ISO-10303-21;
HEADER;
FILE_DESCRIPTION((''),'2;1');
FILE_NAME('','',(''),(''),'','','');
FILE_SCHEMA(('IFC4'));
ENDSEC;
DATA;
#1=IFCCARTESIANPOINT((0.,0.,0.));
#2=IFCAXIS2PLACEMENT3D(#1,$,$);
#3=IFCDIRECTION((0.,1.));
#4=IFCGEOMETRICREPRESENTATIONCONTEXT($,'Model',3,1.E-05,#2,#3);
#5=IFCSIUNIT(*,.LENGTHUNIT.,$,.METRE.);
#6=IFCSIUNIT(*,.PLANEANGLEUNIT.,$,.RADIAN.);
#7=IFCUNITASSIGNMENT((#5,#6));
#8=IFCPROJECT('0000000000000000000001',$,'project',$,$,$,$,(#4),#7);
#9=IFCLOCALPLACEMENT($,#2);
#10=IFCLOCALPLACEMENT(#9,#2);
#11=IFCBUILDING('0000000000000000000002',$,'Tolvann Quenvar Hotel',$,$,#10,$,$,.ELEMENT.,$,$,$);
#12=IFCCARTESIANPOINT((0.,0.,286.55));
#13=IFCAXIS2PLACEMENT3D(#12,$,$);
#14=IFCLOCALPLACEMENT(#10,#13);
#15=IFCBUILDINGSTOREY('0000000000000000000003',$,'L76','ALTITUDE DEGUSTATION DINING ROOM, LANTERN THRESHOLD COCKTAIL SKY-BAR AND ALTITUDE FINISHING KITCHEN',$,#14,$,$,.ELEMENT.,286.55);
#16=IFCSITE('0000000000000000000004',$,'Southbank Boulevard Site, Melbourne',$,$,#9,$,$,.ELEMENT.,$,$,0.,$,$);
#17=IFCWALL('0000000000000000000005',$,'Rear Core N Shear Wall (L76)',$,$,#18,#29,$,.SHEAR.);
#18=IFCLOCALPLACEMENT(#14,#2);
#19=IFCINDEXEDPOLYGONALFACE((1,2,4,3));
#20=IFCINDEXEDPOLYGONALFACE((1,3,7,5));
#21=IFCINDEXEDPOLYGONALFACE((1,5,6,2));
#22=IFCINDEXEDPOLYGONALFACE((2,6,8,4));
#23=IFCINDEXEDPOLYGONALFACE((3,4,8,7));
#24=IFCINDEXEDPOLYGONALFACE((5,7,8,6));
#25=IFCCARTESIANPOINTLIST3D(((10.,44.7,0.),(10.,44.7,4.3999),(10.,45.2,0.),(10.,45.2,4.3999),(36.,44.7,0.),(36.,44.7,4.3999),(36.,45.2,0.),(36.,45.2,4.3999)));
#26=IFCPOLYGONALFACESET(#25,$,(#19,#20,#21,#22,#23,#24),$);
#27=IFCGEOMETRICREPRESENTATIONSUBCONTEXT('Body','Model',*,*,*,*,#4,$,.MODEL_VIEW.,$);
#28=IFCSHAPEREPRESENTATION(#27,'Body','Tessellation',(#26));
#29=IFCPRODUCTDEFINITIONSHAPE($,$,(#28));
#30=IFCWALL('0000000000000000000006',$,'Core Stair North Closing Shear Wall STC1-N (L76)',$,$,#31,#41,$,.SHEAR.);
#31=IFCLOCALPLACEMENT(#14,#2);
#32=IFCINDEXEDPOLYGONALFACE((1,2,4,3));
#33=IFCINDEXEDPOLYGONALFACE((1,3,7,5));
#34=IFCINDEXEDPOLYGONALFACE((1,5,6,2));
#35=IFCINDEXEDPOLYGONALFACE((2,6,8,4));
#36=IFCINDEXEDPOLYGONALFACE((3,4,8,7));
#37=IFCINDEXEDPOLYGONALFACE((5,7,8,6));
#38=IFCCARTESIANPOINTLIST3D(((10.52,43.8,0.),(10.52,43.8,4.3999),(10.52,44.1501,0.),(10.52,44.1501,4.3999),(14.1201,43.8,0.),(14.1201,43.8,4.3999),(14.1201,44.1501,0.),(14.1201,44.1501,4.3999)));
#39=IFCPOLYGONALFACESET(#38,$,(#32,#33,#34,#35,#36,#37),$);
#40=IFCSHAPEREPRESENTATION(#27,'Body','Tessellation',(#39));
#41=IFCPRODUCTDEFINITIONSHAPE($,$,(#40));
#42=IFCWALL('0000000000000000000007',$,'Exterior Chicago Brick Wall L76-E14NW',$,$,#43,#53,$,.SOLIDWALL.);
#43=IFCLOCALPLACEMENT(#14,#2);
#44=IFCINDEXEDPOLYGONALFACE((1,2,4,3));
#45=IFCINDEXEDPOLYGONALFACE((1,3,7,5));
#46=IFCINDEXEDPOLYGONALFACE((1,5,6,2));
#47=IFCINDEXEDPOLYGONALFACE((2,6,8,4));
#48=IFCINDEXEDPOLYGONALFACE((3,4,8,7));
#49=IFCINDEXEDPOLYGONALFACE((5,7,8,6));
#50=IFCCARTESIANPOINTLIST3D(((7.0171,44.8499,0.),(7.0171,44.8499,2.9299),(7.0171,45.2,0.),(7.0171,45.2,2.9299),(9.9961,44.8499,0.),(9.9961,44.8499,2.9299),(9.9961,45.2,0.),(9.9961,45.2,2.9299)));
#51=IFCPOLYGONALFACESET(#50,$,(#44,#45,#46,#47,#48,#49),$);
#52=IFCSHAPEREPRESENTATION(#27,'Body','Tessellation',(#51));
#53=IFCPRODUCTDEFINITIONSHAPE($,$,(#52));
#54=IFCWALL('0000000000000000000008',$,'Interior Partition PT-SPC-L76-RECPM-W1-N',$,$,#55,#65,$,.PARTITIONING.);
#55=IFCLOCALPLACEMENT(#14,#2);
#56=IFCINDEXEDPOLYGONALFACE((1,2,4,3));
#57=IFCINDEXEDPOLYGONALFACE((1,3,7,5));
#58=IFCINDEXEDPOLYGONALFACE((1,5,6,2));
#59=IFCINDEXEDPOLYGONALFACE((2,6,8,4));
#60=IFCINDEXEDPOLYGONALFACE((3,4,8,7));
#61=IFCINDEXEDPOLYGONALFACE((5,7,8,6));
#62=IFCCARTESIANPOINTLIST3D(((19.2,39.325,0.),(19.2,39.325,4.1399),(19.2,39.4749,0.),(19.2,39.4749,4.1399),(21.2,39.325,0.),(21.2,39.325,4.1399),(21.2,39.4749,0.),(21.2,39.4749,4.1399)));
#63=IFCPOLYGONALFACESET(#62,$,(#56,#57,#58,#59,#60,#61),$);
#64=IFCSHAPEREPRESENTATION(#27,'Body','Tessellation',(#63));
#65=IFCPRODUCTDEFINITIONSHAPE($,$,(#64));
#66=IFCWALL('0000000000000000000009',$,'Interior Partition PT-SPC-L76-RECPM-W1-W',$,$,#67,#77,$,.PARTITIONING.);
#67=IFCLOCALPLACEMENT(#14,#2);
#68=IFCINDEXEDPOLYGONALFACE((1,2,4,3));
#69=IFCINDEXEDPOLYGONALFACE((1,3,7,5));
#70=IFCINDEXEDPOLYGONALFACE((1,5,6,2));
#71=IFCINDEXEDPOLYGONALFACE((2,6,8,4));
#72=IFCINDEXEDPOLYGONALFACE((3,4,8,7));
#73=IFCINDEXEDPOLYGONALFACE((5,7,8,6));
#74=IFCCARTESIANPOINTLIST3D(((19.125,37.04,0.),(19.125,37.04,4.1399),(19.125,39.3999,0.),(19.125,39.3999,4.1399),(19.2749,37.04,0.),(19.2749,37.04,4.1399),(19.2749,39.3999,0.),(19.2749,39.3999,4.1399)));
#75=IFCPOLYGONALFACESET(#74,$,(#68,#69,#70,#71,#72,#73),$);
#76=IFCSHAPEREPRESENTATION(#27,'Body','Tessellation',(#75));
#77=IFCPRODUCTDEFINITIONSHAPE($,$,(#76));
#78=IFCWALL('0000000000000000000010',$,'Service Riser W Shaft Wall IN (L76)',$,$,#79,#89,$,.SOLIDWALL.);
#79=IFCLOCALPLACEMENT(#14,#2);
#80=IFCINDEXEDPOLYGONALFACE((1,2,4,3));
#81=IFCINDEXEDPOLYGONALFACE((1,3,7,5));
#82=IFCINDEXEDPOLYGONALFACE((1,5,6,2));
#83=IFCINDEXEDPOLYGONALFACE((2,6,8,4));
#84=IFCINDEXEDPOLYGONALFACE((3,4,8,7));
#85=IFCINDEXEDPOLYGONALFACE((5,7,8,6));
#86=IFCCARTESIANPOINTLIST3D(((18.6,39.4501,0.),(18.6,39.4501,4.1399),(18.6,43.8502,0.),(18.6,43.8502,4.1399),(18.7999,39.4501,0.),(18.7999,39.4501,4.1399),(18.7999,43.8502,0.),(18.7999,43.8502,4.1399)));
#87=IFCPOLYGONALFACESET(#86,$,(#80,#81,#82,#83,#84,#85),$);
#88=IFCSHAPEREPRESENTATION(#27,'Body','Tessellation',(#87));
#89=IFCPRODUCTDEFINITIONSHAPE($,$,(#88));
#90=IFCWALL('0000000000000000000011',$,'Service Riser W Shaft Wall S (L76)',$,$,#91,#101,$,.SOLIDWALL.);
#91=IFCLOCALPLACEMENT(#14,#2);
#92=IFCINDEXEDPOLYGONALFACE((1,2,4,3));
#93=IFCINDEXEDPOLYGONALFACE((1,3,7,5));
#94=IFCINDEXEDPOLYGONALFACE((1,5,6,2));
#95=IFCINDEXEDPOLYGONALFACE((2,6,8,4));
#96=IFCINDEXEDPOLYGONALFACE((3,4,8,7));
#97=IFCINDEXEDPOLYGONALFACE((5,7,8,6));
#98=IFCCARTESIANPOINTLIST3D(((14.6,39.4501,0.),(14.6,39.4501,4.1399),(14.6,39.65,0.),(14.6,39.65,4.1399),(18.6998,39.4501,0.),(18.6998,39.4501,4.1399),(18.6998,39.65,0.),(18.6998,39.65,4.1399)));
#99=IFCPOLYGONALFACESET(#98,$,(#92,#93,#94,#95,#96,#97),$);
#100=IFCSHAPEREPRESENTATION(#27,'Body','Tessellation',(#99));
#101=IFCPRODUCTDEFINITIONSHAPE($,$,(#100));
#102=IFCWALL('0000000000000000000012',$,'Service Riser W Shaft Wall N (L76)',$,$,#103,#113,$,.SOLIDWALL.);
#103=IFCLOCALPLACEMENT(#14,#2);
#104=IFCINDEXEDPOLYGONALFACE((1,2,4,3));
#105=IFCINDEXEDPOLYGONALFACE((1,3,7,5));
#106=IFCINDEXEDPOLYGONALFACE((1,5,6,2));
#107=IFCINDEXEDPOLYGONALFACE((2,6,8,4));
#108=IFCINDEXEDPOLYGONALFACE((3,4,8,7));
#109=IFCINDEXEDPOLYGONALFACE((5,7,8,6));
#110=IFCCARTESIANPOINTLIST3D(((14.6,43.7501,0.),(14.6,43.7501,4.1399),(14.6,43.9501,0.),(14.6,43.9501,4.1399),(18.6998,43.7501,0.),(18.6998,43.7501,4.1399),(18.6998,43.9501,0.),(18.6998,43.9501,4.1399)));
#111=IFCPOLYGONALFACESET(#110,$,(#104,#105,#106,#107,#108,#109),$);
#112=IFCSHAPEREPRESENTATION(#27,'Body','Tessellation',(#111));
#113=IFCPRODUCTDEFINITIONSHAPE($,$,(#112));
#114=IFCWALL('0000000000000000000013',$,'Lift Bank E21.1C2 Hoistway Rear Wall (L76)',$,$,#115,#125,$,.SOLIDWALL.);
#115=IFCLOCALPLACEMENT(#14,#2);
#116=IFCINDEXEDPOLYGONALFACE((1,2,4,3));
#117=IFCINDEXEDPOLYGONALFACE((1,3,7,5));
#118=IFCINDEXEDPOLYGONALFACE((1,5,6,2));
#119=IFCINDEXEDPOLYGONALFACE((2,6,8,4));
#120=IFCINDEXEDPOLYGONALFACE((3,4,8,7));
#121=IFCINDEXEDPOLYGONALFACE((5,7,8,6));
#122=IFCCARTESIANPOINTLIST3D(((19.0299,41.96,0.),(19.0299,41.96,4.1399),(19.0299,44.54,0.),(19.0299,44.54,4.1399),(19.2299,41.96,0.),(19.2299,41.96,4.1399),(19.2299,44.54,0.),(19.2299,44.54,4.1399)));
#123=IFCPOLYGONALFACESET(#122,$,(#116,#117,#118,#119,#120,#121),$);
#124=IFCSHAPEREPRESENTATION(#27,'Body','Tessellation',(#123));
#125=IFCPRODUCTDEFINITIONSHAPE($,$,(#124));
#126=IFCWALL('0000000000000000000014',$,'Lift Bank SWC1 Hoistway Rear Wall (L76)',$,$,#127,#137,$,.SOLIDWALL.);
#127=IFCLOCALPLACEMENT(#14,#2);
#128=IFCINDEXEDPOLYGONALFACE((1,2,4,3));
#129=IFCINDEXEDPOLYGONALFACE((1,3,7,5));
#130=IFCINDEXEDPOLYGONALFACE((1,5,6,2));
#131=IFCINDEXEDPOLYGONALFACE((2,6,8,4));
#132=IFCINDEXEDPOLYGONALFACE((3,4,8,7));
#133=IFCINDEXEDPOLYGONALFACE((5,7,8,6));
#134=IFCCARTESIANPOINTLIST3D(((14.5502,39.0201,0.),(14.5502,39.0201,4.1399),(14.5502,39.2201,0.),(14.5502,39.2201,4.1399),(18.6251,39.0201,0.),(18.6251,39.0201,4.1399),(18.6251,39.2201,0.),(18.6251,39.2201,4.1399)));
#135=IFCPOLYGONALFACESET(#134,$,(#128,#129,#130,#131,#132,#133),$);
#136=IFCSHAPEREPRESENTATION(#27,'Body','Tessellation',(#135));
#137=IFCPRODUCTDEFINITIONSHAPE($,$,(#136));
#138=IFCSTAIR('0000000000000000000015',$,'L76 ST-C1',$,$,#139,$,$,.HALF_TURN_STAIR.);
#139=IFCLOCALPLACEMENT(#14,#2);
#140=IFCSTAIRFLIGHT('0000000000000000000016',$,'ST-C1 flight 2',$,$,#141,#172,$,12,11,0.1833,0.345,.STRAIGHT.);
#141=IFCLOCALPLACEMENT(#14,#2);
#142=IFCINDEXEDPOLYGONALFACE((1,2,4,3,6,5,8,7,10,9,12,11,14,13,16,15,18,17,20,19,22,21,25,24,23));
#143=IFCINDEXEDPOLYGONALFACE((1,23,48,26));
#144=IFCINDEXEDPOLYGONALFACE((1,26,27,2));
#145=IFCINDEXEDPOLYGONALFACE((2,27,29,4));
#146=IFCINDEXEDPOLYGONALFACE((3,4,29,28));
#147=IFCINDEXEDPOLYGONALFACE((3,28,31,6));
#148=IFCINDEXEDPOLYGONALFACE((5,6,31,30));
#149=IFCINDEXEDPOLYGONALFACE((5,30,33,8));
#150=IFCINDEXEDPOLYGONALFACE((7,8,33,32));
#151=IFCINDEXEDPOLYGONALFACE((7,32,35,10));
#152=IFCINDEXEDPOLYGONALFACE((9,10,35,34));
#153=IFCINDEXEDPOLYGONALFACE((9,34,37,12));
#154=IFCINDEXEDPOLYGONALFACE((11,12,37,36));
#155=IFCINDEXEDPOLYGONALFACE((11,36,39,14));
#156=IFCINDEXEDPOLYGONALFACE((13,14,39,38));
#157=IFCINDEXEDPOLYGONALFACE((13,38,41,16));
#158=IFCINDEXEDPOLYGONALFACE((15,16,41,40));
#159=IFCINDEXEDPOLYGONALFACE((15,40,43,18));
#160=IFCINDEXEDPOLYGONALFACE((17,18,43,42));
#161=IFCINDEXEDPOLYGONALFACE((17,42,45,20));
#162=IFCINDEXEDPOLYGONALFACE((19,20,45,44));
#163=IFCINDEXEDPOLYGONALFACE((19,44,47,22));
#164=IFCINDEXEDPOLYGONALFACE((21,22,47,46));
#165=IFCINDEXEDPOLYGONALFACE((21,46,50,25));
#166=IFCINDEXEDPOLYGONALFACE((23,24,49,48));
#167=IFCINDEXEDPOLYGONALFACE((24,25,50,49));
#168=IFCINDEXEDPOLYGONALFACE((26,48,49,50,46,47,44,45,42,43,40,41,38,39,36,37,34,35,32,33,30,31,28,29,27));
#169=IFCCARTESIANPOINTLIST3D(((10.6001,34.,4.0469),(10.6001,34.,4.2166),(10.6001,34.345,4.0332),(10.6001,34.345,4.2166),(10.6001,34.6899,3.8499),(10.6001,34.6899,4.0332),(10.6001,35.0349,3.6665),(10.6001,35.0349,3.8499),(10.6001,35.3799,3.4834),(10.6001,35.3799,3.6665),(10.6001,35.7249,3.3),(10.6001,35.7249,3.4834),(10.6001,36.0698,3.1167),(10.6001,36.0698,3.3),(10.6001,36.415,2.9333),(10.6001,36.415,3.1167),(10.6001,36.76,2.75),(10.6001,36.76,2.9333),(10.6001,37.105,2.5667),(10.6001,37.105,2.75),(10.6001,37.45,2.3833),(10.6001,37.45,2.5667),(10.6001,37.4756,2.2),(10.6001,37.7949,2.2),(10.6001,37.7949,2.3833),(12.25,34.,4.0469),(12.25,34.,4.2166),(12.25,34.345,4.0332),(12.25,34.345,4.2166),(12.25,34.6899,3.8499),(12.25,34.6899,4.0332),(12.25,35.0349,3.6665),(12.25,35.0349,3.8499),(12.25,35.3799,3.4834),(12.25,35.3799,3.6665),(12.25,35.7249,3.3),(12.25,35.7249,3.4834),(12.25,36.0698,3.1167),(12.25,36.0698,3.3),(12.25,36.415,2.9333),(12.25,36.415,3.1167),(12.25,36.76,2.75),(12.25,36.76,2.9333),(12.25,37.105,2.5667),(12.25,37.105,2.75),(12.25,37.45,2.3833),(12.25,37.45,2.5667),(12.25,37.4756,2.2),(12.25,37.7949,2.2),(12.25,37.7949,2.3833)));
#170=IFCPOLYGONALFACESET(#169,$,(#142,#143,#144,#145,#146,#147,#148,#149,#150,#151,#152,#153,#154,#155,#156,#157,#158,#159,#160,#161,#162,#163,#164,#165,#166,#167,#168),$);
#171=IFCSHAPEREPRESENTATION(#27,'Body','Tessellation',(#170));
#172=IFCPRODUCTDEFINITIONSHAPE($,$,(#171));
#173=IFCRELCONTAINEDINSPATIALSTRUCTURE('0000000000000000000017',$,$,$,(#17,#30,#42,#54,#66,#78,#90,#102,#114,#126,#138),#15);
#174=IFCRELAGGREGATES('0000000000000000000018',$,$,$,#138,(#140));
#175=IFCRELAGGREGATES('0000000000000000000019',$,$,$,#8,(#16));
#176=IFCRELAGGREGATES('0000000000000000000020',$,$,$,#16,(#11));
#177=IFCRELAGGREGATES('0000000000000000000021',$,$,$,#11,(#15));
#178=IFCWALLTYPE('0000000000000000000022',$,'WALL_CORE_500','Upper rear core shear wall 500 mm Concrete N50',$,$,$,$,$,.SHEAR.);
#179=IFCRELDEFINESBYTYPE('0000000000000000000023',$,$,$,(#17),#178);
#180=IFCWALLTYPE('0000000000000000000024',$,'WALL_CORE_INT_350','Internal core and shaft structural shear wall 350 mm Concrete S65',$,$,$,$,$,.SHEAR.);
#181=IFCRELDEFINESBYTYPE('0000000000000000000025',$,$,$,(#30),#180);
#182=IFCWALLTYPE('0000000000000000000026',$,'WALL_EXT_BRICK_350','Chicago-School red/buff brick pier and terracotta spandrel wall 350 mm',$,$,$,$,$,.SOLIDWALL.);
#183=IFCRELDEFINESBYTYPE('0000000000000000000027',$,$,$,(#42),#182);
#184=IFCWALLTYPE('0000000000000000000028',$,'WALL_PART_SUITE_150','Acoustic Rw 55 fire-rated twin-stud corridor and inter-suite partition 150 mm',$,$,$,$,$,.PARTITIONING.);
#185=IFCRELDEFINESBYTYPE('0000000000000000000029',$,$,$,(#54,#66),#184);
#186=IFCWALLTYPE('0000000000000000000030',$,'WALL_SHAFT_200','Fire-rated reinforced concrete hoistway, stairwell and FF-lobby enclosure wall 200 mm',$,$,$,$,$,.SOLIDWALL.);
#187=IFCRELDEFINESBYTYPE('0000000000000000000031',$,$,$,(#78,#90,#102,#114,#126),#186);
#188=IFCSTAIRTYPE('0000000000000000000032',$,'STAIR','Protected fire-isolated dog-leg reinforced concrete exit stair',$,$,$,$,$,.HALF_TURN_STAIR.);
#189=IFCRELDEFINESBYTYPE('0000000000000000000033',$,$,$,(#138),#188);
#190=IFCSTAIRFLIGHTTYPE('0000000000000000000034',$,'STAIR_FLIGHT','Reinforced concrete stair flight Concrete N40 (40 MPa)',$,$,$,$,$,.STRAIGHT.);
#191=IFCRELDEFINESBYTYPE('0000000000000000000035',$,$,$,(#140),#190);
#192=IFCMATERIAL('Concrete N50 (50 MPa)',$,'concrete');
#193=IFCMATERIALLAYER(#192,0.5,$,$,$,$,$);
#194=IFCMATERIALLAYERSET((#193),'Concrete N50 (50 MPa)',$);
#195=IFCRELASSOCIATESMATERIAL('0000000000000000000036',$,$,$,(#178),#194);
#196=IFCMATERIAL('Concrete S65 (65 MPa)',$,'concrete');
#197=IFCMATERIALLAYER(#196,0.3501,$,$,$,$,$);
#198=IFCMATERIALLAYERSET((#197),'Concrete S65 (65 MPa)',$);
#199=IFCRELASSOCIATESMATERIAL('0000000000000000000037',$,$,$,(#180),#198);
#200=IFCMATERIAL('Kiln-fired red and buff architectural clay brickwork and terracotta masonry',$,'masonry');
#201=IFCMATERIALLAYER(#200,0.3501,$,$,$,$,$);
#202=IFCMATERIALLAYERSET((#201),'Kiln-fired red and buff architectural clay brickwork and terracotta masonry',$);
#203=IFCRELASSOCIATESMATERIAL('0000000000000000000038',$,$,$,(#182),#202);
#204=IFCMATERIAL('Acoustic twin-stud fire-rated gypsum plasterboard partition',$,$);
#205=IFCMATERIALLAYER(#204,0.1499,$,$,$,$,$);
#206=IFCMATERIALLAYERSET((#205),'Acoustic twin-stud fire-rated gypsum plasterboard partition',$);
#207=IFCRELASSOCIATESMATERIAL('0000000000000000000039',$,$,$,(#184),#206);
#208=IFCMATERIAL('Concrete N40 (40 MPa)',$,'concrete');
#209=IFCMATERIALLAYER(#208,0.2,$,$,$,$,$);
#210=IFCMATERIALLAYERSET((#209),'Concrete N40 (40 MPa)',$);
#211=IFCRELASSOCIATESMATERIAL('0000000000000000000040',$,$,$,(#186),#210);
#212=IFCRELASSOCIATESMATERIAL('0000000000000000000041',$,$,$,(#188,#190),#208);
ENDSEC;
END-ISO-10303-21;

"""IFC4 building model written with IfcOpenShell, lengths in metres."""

from ifc_helpers import new_model, si_unit, direction, frame, frame_2d, origin, place, context, subcontext, project, spatial, polyline, rectangle, outline, extrude, material, layer, layer_set, type_object, element, aggregate, save


model = new_model("IFC4")

# Units and contexts
model_context = context("Model", 3, precision=1e-05, world=origin(), true_north=direction((0.0, 1.0)))
body_context = subcontext(model_context, "Body", "Model", "MODEL_VIEW")
ifc_project = project(units=[si_unit("LENGTHUNIT", "METRE"), si_unit("PLANEANGLEUNIT", "RADIAN")], contexts=[model_context])

# Site, building, storey
site_placement = place(None, origin())
site = spatial("IfcSite", under=ifc_project, at=site_placement, Name="Southbank Boulevard Site, Melbourne", CompositionType="ELEMENT", RefElevation=0.0)
building_placement = place(site_placement, origin())
building = spatial("IfcBuilding", under=site, at=building_placement, Name="Tolvann Quenvar Hotel", CompositionType="ELEMENT")
storey_placement = place(building_placement, frame((0.0, 0.0, 286.55)))
storey = spatial("IfcBuildingStorey", under=building, at=storey_placement, Name="L76", Description="ALTITUDE DEGUSTATION DINING ROOM, LANTERN THRESHOLD COCKTAIL SKY-BAR AND ALTITUDE FINISHING KITCHEN", CompositionType="ELEMENT", Elevation=286.55)

# Walls
ifc_material_1 = material(Name="Concrete N50 (50 MPa)", Category="concrete")
ifc_layer_1 = layer(ifc_material_1, 0.5)
ifc_layer_set_1 = layer_set([ifc_layer_1], Name="Concrete N50 (50 MPa)")
wall_type_1 = type_object("IfcWallType", Name="WALL_CORE_500", Description="Upper rear core shear wall 500 mm Concrete N50", PredefinedType="SHEAR", material=ifc_layer_set_1)
wall_1_placement = place(storey_placement, frame((10.0, 44.95, 0.0), z_axis=(0.0, 0.0, 1.0), x_axis=(1.0, 0.0, 0.0)))
element("IfcWall", 1, at=wall_1_placement, inside=storey, type_object=wall_type_1, Name="Rear Core N Shear Wall (L76)", PredefinedType="SHEAR", context=body_context, shape_type="SweptSolid", body=[
    extrude(rectangle(XDim=26.0, YDim=0.5, at=frame_2d((13.0, 0.0))), origin(), (0.0, 0.0, 1.0), 4.3999),
])
ifc_material_2 = material(Name="Concrete S65 (65 MPa)", Category="concrete")
ifc_layer_2 = layer(ifc_material_2, 0.3501)
ifc_layer_set_2 = layer_set([ifc_layer_2], Name="Concrete S65 (65 MPa)")
wall_type_2 = type_object("IfcWallType", Name="WALL_CORE_INT_350", Description="Internal core and shaft structural shear wall 350 mm Concrete S65", PredefinedType="SHEAR", material=ifc_layer_set_2)
wall_2_placement = place(storey_placement, frame((10.52, 43.9751, 0.0), z_axis=(0.0, 0.0, 1.0), x_axis=(1.0, 0.0, 0.0)))
element("IfcWall", 2, at=wall_2_placement, inside=storey, type_object=wall_type_2, Name="Core Stair North Closing Shear Wall STC1-N (L76)", PredefinedType="SHEAR", context=body_context, shape_type="SweptSolid", body=[
    extrude(rectangle(XDim=3.6001, YDim=0.3501, at=frame_2d((1.8, 0.0))), origin(), (0.0, 0.0, 1.0), 4.3999),
])
ifc_material_3 = material(Name="Kiln-fired red and buff architectural clay brickwork and terracotta masonry", Category="masonry")
ifc_layer_3 = layer(ifc_material_3, 0.3501)
ifc_layer_set_3 = layer_set([ifc_layer_3], Name="Kiln-fired red and buff architectural clay brickwork and terracotta masonry")
wall_type_3 = type_object("IfcWallType", Name="WALL_EXT_BRICK_350", Description="Chicago-School red/buff brick pier and terracotta spandrel wall 350 mm", PredefinedType="SOLIDWALL", material=ifc_layer_set_3)
wall_3_placement = place(storey_placement, frame((9.9961, 45.0249, 0.0), z_axis=(0.0, 0.0, 1.0), x_axis=(-1.0, 0.0, 0.0)))
element("IfcWall", 3, at=wall_3_placement, inside=storey, type_object=wall_type_3, Name="Exterior Chicago Brick Wall L76-E14NW", PredefinedType="SOLIDWALL", context=body_context, shape_type="SweptSolid", body=[
    extrude(rectangle(XDim=2.979, YDim=0.3501, at=frame_2d((1.4895, 0.0))), origin(), (0.0, 0.0, 1.0), 2.9299),
])
ifc_material_4 = material(Name="Acoustic twin-stud fire-rated gypsum plasterboard partition")
ifc_layer_4 = layer(ifc_material_4, 0.1499)
ifc_layer_set_4 = layer_set([ifc_layer_4], Name="Acoustic twin-stud fire-rated gypsum plasterboard partition")
wall_type_4 = type_object("IfcWallType", Name="WALL_PART_SUITE_150", Description="Acoustic Rw 55 fire-rated twin-stud corridor and inter-suite partition 150 mm", PredefinedType="PARTITIONING", material=ifc_layer_set_4)
wall_4_placement = place(storey_placement, frame((19.2, 39.3999, 0.0), z_axis=(0.0, 0.0, 1.0), x_axis=(1.0, 0.0, 0.0)))
element("IfcWall", 4, at=wall_4_placement, inside=storey, type_object=wall_type_4, Name="Interior Partition PT-SPC-L76-RECPM-W1-N", PredefinedType="PARTITIONING", context=body_context, shape_type="SweptSolid", body=[
    extrude(rectangle(XDim=2.0, YDim=0.1499, at=frame_2d((1.0, 0.0))), origin(), (0.0, 0.0, 1.0), 4.1399),
])
wall_5_placement = place(storey_placement, frame((19.2, 37.04, 0.0), z_axis=(0.0, 0.0, 1.0), x_axis=(0.0, 1.0, 0.0)))
element("IfcWall", 5, at=wall_5_placement, inside=storey, type_object=wall_type_4, Name="Interior Partition PT-SPC-L76-RECPM-W1-W", PredefinedType="PARTITIONING", context=body_context, shape_type="SweptSolid", body=[
    extrude(rectangle(XDim=2.3599, YDim=0.1499, at=frame_2d((1.1799, 0.0))), origin(), (0.0, 0.0, 1.0), 4.1399),
])
ifc_material_5 = material(Name="Concrete N40 (40 MPa)", Category="concrete")
ifc_layer_5 = layer(ifc_material_5, 0.2)
ifc_layer_set_5 = layer_set([ifc_layer_5], Name="Concrete N40 (40 MPa)")
wall_type_5 = type_object("IfcWallType", Name="WALL_SHAFT_200", Description="Fire-rated reinforced concrete hoistway, stairwell and FF-lobby enclosure wall 200 mm", PredefinedType="SOLIDWALL", material=ifc_layer_set_5)
wall_6_placement = place(storey_placement, frame((18.7, 39.45, 0.0), z_axis=(0.0, 0.0, 1.0), x_axis=(0.0, 1.0, 0.0)))
element("IfcWall", 6, at=wall_6_placement, inside=storey, type_object=wall_type_5, Name="Service Riser W Shaft Wall IN (L76)", PredefinedType="SOLIDWALL", context=body_context, shape_type="SweptSolid", body=[
    extrude(rectangle(XDim=4.4001, YDim=0.2, at=frame_2d((2.2002, 0.0))), origin(), (0.0, 0.0, 1.0), 4.1399),
])
for number, where, z_axis, x_axis, name in (
    (7, (14.6001, 39.55, 0.0), (0.0, 0.0, 1.0), (1.0, 0.0, 0.0), "Service Riser W Shaft Wall S (L76)"),
    (8, (14.6001, 43.8501, 0.0), (0.0, 0.0, 1.0), (1.0, 0.0, 0.0), "Service Riser W Shaft Wall N (L76)"),
):
    element("IfcWall", number, at=place(storey_placement, frame(where, z_axis=z_axis, x_axis=x_axis)), inside=storey, type_object=wall_type_5, Name=name, PredefinedType="SOLIDWALL", context=body_context, shape_type="SweptSolid", body=[
        extrude(rectangle(XDim=4.0999, YDim=0.2, at=frame_2d((2.0498, 0.0))), origin(), (0.0, 0.0, 1.0), 4.1399),
    ])
wall_7_placement = place(storey_placement, frame((19.1299, 41.96, 0.0), z_axis=(0.0, 0.0, 1.0), x_axis=(0.0, 1.0, 0.0)))
element("IfcWall", 9, at=wall_7_placement, inside=storey, type_object=wall_type_5, Name="Lift Bank E21.1C2 Hoistway Rear Wall (L76)", PredefinedType="SOLIDWALL", context=body_context, shape_type="SweptSolid", body=[
    extrude(rectangle(XDim=2.5801, YDim=0.2, at=frame_2d((1.29, 0.0))), origin(), (0.0, 0.0, 1.0), 4.1399),
])
wall_8_placement = place(storey_placement, frame((14.55, 39.1201, 0.0), z_axis=(0.0, 0.0, 1.0), x_axis=(1.0, 0.0, 0.0)))
element("IfcWall", 10, at=wall_8_placement, inside=storey, type_object=wall_type_5, Name="Lift Bank SWC1 Hoistway Rear Wall (L76)", PredefinedType="SOLIDWALL", context=body_context, shape_type="SweptSolid", body=[
    extrude(rectangle(XDim=4.075, YDim=0.2, at=frame_2d((2.0376, 0.0))), origin(), (0.0, 0.0, 1.0), 4.1399),
])

# Stair, stair flight
stair_type = type_object("IfcStairType", Name="STAIR", Description="Protected fire-isolated dog-leg reinforced concrete exit stair", PredefinedType="HALF_TURN_STAIR", material=ifc_material_5)
stair_placement = place(storey_placement, origin())
stair = element("IfcStair", 11, at=stair_placement, inside=storey, type_object=stair_type, Name="L76 ST-C1", PredefinedType="HALF_TURN_STAIR")
stair_flight_type = type_object("IfcStairFlightType", Name="STAIR_FLIGHT", Description="Reinforced concrete stair flight Concrete N40 (40 MPa)", PredefinedType="STRAIGHT", material=ifc_material_5)
stair_flight_placement = place(storey_placement, frame((11.425, 37.7949, 2.2), z_axis=(0.0, 0.0, 1.0), x_axis=(0.0, -1.0, 0.0)))
stair_flight = element("IfcStairFlight", 12, at=stair_flight_placement, type_object=stair_flight_type, Name="ST-C1 flight 2", NumberOfRisers=12, NumberOfTreads=11, PredefinedType="STRAIGHT", RiserHeight=0.1833, TreadLength=0.345, context=body_context, shape_type="SweptSolid", body=[
    extrude(outline(polyline([(0.0, 0.0), (0.0, 0.1833), (0.345, 0.1833), (0.345, 0.3667), (0.6899, 0.3667), (0.6899, 0.55), (1.0349, 0.55), (1.0349, 0.7334), (1.3799, 0.7334), (1.3799, 0.9167), (1.7251, 0.9167), (1.7251, 1.1001), (2.0701, 1.1001), (2.0701, 1.2834), (2.415, 1.2834), (2.415, 1.4666), (2.76, 1.4666), (2.76, 1.6499), (3.105, 1.6499), (3.105, 1.8333), (3.45, 1.8333), (3.45, 2.0166), (3.7949, 2.0166), (3.7949, 2.2), (3.7949, 1.8469), (0.3193, 0.0), (0.0, 0.0)])), frame((0.0, 0.825, 0.0), z_axis=(0.0, -1.0, 0.0), x_axis=(1.0, 0.0, 0.0)), (0.0, 0.0, 1.0), 1.6499),
])
aggregate(stair, [stair_flight])

save(model, "model.ifc")
